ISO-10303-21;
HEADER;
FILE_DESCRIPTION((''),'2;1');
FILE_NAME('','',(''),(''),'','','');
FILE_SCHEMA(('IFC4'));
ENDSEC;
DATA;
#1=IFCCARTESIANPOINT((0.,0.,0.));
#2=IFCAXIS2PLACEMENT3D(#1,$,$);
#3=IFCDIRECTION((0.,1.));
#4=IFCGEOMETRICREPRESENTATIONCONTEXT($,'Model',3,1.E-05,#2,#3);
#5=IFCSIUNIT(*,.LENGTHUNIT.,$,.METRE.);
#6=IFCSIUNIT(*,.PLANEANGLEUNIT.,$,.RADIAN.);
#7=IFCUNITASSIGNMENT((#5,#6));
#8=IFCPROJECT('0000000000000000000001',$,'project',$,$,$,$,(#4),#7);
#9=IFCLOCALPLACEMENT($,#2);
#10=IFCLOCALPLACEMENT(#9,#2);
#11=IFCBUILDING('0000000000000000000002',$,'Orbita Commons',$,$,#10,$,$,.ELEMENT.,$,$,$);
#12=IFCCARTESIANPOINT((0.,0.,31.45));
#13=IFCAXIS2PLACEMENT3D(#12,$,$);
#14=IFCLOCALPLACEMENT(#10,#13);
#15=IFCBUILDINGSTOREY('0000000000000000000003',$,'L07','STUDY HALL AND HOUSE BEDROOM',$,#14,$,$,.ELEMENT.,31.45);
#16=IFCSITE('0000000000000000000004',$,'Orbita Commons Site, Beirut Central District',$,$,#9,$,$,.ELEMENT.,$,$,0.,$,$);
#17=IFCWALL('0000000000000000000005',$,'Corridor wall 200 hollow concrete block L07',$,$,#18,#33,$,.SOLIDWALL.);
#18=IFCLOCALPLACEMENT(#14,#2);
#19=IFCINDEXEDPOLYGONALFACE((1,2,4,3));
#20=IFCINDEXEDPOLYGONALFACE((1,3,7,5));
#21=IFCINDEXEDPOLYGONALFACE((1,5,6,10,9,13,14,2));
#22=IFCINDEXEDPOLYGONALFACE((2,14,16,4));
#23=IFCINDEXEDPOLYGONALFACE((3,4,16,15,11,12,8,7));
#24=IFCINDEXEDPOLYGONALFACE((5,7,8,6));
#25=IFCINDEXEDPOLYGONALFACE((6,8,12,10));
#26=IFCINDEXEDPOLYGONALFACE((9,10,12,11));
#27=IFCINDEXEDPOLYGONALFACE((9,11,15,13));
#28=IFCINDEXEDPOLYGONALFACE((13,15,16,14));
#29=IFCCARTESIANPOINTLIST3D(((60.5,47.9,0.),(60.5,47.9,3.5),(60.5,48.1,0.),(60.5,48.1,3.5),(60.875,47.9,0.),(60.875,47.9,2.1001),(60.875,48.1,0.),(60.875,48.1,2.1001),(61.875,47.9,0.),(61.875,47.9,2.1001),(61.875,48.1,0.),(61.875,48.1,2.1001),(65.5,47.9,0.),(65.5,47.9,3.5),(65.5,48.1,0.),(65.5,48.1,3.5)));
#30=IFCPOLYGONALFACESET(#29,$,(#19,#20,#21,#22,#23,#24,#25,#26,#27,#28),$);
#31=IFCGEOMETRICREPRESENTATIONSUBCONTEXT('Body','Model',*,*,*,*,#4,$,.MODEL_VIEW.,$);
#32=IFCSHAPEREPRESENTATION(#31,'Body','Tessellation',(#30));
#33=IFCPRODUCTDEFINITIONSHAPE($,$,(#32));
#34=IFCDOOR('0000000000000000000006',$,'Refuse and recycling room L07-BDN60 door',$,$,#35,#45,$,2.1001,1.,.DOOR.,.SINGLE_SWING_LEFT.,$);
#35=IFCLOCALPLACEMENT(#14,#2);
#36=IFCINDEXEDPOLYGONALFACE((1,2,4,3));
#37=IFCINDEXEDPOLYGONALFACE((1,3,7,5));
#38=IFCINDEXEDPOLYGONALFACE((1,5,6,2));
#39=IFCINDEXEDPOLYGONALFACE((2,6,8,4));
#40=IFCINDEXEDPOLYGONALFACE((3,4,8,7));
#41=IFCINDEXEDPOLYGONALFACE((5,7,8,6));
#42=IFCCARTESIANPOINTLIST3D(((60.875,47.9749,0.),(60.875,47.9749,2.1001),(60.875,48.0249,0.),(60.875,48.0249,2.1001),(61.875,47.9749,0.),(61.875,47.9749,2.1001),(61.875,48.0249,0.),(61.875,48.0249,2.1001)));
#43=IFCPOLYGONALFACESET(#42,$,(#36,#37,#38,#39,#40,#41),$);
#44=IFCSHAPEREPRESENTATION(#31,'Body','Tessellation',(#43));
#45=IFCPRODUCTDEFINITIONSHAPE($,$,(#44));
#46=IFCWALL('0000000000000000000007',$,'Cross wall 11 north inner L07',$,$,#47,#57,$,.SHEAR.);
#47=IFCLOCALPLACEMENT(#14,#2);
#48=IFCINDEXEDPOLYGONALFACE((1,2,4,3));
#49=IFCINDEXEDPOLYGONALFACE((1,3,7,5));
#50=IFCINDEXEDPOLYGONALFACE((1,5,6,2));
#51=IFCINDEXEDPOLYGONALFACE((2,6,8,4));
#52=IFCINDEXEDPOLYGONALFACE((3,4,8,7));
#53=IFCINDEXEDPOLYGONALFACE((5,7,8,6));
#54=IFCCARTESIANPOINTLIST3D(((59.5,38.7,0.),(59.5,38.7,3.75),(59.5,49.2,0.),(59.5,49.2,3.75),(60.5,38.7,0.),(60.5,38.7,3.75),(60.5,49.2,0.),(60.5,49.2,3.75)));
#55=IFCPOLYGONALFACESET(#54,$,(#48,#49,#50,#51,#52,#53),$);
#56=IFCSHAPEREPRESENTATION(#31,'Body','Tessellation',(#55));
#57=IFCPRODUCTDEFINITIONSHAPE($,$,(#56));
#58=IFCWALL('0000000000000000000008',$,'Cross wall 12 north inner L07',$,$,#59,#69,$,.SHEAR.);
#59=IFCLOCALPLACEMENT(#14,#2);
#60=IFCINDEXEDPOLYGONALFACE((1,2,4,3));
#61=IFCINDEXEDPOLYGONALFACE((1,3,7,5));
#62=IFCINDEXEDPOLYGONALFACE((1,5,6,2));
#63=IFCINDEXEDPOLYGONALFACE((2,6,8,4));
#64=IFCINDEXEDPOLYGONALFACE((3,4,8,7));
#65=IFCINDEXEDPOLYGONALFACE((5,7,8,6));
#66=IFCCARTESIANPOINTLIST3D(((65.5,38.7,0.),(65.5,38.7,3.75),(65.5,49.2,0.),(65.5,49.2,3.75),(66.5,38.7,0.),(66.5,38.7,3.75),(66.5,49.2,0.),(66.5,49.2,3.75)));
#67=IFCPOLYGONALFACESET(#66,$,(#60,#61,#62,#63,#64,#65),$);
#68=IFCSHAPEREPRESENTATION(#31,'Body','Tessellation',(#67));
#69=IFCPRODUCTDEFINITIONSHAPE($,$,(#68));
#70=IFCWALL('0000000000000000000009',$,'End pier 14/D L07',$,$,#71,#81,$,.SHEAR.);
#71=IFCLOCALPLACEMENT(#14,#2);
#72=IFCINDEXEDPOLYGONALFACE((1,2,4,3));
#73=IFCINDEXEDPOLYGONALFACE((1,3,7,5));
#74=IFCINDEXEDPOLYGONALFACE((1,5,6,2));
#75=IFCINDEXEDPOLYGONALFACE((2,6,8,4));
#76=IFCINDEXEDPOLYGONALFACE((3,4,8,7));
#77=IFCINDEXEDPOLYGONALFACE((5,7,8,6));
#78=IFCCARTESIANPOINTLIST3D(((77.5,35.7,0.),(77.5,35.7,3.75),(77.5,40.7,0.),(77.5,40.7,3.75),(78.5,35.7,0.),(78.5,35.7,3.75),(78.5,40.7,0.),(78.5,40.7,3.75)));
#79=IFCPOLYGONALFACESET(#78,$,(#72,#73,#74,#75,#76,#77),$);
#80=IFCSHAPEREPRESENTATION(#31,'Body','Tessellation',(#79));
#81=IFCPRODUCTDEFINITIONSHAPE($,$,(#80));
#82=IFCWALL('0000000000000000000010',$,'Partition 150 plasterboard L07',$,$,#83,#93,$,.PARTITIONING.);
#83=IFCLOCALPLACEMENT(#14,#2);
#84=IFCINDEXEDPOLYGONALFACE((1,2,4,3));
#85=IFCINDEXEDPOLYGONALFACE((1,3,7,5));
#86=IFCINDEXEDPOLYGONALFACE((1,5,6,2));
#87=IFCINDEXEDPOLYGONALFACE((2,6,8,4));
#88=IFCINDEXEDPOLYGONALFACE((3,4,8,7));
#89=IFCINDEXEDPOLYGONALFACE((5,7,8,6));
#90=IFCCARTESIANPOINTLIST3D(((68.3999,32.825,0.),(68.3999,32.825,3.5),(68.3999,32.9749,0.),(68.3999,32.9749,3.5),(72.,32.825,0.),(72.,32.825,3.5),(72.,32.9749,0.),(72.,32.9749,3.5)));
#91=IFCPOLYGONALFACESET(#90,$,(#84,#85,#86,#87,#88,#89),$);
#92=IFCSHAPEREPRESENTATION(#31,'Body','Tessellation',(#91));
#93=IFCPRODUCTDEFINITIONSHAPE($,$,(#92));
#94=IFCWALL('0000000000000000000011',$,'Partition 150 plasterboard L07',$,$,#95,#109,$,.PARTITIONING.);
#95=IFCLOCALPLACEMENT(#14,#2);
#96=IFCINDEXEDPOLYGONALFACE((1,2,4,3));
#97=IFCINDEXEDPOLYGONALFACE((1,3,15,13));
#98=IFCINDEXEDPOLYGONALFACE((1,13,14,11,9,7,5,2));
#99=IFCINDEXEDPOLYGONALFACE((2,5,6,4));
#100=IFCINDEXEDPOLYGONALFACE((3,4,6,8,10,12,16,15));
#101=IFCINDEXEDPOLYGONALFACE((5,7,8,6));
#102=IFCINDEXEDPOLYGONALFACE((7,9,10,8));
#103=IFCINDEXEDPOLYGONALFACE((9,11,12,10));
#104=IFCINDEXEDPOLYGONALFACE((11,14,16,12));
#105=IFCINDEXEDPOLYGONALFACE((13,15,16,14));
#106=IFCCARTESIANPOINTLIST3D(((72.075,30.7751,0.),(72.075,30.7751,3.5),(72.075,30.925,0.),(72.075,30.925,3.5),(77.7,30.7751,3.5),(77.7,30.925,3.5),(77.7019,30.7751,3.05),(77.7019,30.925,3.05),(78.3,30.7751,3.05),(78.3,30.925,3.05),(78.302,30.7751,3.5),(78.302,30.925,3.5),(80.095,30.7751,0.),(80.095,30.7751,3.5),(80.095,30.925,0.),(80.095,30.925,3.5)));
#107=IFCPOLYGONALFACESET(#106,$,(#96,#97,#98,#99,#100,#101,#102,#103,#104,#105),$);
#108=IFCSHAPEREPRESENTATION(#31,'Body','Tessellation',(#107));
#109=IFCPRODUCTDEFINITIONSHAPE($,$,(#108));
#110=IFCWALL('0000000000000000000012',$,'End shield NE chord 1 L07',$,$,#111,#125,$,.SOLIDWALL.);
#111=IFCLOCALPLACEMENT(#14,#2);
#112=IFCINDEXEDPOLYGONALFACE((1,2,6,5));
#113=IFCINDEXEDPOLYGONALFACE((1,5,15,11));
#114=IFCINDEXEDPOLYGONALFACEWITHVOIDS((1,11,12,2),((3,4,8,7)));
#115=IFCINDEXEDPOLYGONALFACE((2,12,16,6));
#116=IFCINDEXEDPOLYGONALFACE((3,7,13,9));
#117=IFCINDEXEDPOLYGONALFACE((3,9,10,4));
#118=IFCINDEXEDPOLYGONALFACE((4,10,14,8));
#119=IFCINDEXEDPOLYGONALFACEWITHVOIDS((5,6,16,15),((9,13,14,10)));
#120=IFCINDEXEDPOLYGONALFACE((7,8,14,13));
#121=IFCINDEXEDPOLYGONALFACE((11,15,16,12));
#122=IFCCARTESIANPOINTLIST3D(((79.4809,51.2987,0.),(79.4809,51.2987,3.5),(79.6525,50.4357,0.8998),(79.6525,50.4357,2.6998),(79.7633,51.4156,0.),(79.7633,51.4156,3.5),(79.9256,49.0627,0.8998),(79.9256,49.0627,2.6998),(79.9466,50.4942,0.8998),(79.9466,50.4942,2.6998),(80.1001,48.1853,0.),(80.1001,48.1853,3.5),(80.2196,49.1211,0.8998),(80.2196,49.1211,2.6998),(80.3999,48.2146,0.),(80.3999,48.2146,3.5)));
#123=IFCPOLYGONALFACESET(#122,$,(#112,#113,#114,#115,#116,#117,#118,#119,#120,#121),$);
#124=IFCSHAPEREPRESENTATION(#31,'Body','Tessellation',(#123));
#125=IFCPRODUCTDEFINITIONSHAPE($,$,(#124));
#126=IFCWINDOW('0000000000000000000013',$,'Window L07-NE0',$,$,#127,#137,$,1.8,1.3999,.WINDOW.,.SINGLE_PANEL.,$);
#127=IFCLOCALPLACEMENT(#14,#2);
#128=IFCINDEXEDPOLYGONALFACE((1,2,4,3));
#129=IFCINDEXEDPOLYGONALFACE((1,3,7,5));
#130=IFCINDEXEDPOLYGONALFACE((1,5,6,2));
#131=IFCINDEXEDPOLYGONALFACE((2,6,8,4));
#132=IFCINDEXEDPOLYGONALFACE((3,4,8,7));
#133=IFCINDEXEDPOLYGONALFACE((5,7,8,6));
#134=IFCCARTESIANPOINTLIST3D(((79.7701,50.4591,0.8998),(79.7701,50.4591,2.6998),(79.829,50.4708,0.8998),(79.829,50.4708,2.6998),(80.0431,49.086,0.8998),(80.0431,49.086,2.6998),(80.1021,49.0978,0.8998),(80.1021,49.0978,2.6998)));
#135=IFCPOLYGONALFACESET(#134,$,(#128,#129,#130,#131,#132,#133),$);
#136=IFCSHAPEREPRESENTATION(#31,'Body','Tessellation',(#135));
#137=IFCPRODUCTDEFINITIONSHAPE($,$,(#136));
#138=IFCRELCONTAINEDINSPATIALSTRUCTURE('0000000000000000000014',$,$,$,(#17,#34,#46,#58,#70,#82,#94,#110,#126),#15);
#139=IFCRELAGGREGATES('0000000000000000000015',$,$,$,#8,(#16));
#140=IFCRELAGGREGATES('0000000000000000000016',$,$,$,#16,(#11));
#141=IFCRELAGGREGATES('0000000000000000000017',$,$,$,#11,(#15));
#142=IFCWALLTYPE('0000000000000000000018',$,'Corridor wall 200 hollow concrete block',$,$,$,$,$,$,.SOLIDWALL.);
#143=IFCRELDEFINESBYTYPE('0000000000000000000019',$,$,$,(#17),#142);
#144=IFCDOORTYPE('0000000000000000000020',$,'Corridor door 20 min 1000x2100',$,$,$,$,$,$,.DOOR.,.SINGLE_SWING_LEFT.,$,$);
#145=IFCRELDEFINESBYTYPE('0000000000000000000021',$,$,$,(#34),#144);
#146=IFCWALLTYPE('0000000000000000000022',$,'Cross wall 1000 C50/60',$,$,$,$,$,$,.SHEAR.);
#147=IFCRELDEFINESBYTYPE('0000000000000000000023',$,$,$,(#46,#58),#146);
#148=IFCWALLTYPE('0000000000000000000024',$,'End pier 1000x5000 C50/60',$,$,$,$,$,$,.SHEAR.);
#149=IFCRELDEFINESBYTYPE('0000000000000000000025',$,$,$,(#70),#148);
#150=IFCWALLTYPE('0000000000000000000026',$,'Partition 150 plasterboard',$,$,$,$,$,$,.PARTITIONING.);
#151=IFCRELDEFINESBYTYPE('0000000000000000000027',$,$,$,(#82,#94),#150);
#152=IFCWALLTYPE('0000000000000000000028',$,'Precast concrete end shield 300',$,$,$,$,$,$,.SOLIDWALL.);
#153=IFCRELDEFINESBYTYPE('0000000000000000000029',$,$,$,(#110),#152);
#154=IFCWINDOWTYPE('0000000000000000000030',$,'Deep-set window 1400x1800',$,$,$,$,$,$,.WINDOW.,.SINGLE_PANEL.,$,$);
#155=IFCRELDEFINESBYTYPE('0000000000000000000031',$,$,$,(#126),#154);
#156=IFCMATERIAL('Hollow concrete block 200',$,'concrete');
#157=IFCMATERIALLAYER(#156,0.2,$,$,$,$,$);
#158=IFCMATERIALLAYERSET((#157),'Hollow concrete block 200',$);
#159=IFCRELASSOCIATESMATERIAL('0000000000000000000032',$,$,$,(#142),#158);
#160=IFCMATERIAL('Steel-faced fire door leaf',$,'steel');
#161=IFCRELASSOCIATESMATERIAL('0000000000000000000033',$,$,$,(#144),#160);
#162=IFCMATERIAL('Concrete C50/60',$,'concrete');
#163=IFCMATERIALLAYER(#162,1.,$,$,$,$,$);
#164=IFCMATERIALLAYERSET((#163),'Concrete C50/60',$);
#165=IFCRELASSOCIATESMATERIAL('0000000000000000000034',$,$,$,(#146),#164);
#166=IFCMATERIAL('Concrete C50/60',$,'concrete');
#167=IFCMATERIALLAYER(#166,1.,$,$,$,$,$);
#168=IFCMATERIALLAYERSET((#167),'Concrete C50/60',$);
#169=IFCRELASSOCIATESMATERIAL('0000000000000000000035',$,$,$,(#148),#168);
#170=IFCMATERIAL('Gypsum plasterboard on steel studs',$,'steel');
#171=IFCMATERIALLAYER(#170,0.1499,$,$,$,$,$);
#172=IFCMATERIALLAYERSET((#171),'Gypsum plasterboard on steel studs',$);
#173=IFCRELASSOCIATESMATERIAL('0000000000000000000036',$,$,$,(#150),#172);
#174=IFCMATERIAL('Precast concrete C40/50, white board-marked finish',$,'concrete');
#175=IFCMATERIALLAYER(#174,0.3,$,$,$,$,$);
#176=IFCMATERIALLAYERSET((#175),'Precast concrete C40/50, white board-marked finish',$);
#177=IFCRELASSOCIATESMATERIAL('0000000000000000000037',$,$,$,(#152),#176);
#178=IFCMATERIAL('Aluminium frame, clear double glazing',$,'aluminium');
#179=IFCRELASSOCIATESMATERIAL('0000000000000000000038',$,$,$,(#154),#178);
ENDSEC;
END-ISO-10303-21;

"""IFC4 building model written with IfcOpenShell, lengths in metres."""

from ifc_helpers import new_model, si_unit, direction, frame, frame_2d, origin, place, context, subcontext, project, spatial, polyline, rectangle, outline, extrude, material, layer, layer_set, type_object, element, fill, save


model = new_model("IFC4")

# Units and contexts
model_context = context("Model", 3, precision=1e-05, world=origin(), true_north=direction((0.0, 1.0)))
body_context = subcontext(model_context, "Body", "Model", "MODEL_VIEW")
ifc_project = project(units=[si_unit("LENGTHUNIT", "METRE"), si_unit("PLANEANGLEUNIT", "RADIAN")], contexts=[model_context])

# Site, building, storey
site_placement = place(None, origin())
site = spatial("IfcSite", under=ifc_project, at=site_placement, Name="Orbita Commons Site, Beirut Central District", CompositionType="ELEMENT", RefElevation=0.0)
building_placement = place(site_placement, origin())
building = spatial("IfcBuilding", under=site, at=building_placement, Name="Orbita Commons", CompositionType="ELEMENT")
storey_placement = place(building_placement, frame((0.0, 0.0, 31.45)))
storey = spatial("IfcBuildingStorey", under=building, at=storey_placement, Name="L07", Description="STUDY HALL AND HOUSE BEDROOM", CompositionType="ELEMENT", Elevation=31.45)

# Wall, opening, door
ifc_material_1 = material(Name="Hollow concrete block 200", Category="concrete")
ifc_layer_1 = layer(ifc_material_1, 0.2)
ifc_layer_set_1 = layer_set([ifc_layer_1], Name="Hollow concrete block 200")
wall_type_1 = type_object("IfcWallType", Name="Corridor wall 200 hollow concrete block", PredefinedType="SOLIDWALL", material=ifc_layer_set_1)
wall_1_placement = place(storey_placement, frame((60.5, 48.0, 0.0), z_axis=(0.0, 0.0, 1.0), x_axis=(1.0, 0.0, 0.0)))
wall_1 = element("IfcWall", 1, at=wall_1_placement, inside=storey, type_object=wall_type_1, Name="Corridor wall 200 hollow concrete block L07", PredefinedType="SOLIDWALL", context=body_context, shape_type="SweptSolid", body=[
    extrude(rectangle(XDim=5.0, YDim=0.2, at=frame_2d((2.5, 0.0))), origin(), (0.0, 0.0, 1.0), 3.5),
])
opening_1_placement = place(wall_1_placement, frame((0.375, 0.0, 0.0)))
opening_1 = element("IfcOpeningElement", 2, at=opening_1_placement, cuts=wall_1, PredefinedType="OPENING", context=body_context, shape_type="SweptSolid", body=[
    extrude(rectangle(XDim=1.0, YDim=2.1001, at=frame_2d((0.5, 1.05))), frame((0.0, 0.1099, 0.0), z_axis=(0.0, -1.0, 0.0), x_axis=(1.0, 0.0, 0.0)), (0.0, 0.0, 1.0), 0.22),
])
ifc_material_2 = material(Name="Steel-faced fire door leaf", Category="steel")
door_type_1 = type_object("IfcDoorType", Name="Corridor door 20 min 1000x2100", OperationType="SINGLE_SWING_LEFT", PredefinedType="DOOR", material=ifc_material_2)
door_1_placement = place(opening_1_placement, origin())
door_1 = element("IfcDoor", 3, at=door_1_placement, inside=storey, type_object=door_type_1, Name="Refuse and recycling room L07-BDN60 door", OperationType="SINGLE_SWING_LEFT", OverallHeight=2.1001, OverallWidth=1.0, PredefinedType="DOOR", context=body_context, shape_type="SweptSolid", body=[
    extrude(rectangle(XDim=1.0, YDim=2.1001, at=frame_2d((0.5, 1.05))), frame((0.0, 0.0249, 0.0), z_axis=(0.0, -1.0, 0.0), x_axis=(1.0, 0.0, 0.0)), (0.0, 0.0, 1.0), 0.05),
])
fill(opening_1, door_1)

# Walls
ifc_material_3 = material(Name="Concrete C50/60", Category="concrete")
ifc_layer_2 = layer(ifc_material_3, 1.0)
ifc_layer_set_2 = layer_set([ifc_layer_2], Name="Concrete C50/60")
wall_type_2 = type_object("IfcWallType", Name="Cross wall 1000 C50/60", PredefinedType="SHEAR", material=ifc_layer_set_2)
for number, where, z_axis, x_axis, name in (
    (4, (60.0, 38.7, 0.0), (0.0, 0.0, 1.0), (0.0, 1.0, 0.0), "Cross wall 11 north inner L07"),
    (5, (66.0, 38.7, 0.0), (0.0, 0.0, 1.0), (0.0, 1.0, 0.0), "Cross wall 12 north inner L07"),
):
    element("IfcWall", number, at=place(storey_placement, frame(where, z_axis=z_axis, x_axis=x_axis)), inside=storey, type_object=wall_type_2, Name=name, PredefinedType="SHEAR", context=body_context, shape_type="SweptSolid", body=[
        extrude(rectangle(XDim=10.5, YDim=1.0, at=frame_2d((5.25, 0.0))), origin(), (0.0, 0.0, 1.0), 3.75),
    ])
ifc_material_4 = material(Name="Concrete C50/60", Category="concrete")
ifc_layer_3 = layer(ifc_material_4, 1.0)
ifc_layer_set_3 = layer_set([ifc_layer_3], Name="Concrete C50/60")
wall_type_3 = type_object("IfcWallType", Name="End pier 1000x5000 C50/60", PredefinedType="SHEAR", material=ifc_layer_set_3)
wall_2_placement = place(storey_placement, frame((78.0, 35.7, 0.0), z_axis=(0.0, 0.0, 1.0), x_axis=(0.0, 1.0, 0.0)))
element("IfcWall", 6, at=wall_2_placement, inside=storey, type_object=wall_type_3, Name="End pier 14/D L07", PredefinedType="SHEAR", context=body_context, shape_type="SweptSolid", body=[
    extrude(rectangle(XDim=5.0, YDim=1.0, at=frame_2d((2.5, 0.0))), origin(), (0.0, 0.0, 1.0), 3.75),
])
ifc_material_5 = material(Name="Gypsum plasterboard on steel studs", Category="steel")
ifc_layer_4 = layer(ifc_material_5, 0.1499)
ifc_layer_set_4 = layer_set([ifc_layer_4], Name="Gypsum plasterboard on steel studs")
wall_type_4 = type_object("IfcWallType", Name="Partition 150 plasterboard", PredefinedType="PARTITIONING", material=ifc_layer_set_4)
wall_3_placement = place(storey_placement, frame((68.3999, 32.8999, 0.0), z_axis=(0.0, 0.0, 1.0), x_axis=(1.0, 0.0, 0.0)))
element("IfcWall", 7, at=wall_3_placement, inside=storey, type_object=wall_type_4, Name="Partition 150 plasterboard L07", PredefinedType="PARTITIONING", context=body_context, shape_type="SweptSolid", body=[
    extrude(rectangle(XDim=3.6001, YDim=0.1499, at=frame_2d((1.8, 0.0))), origin(), (0.0, 0.0, 1.0), 3.5),
])
wall_4_placement = place(storey_placement, frame((72.075, 30.8501, 0.0), z_axis=(0.0, 0.0, 1.0), x_axis=(1.0, 0.0, 0.0)))
element("IfcWall", 8, at=wall_4_placement, inside=storey, type_object=wall_type_4, Name="Partition 150 plasterboard L07", PredefinedType="PARTITIONING", context=body_context, shape_type="SweptSolid", body=[
    extrude(outline(polyline([(0.0, 0.0), (8.02, 0.0), (8.02, 3.5), (6.2271, 3.5), (6.2251, 3.05), (5.627, 3.05), (5.625, 3.5), (0.0, 3.5), (0.0, 0.0)])), frame((0.0, 0.075, 0.0), z_axis=(0.0, -1.0, 0.0), x_axis=(1.0, 0.0, 0.0)), (0.0, 0.0, 1.0), 0.1499),
])

# Wall, opening, window
ifc_material_6 = material(Name="Precast concrete C40/50, white board-marked finish", Category="concrete")
ifc_layer_5 = layer(ifc_material_6, 0.3)
ifc_layer_set_5 = layer_set([ifc_layer_5], Name="Precast concrete C40/50, white board-marked finish")
wall_type_5 = type_object("IfcWallType", Name="Precast concrete end shield 300", PredefinedType="SOLIDWALL", material=ifc_layer_set_5)
wall_5_placement = place(storey_placement, frame((80.25, 48.2, 0.0), z_axis=(0.0, 0.0, 1.0), x_axis=(-0.195066, 0.98079, 0.0)))
wall_5 = element("IfcWall", 9, at=wall_5_placement, inside=storey, type_object=wall_type_5, Name="End shield NE chord 1 L07", PredefinedType="SOLIDWALL", context=body_context, shape_type="SweptSolid", body=[
    extrude(outline(polyline([(-0.0149, -0.1499), (3.2488, -0.1499), (3.1892, 0.1499), (0.0149, 0.1499), (-0.0149, -0.1499)])), origin(), (0.0, 0.0, 1.0), 3.5),
])
opening_2_placement = place(wall_5_placement, frame((0.9094, 0.0, 0.8999)))
opening_2 = element("IfcOpeningElement", 10, at=opening_2_placement, cuts=wall_5, PredefinedType="OPENING", context=body_context, shape_type="SweptSolid", body=[
    extrude(rectangle(XDim=1.3999, YDim=1.8, at=frame_2d((0.7, 0.8999))), frame((0.0, 0.1599, 0.0), z_axis=(0.0, -1.0, 0.0), x_axis=(1.0, 0.0, 0.0)), (0.0, 0.0, 1.0), 0.3201),
])
ifc_material_7 = material(Name="Aluminium frame, clear double glazing", Category="aluminium")
window_type = type_object("IfcWindowType", Name="Deep-set window 1400x1800", PartitioningType="SINGLE_PANEL", PredefinedType="WINDOW", material=ifc_material_7)
window_placement = place(opening_2_placement, origin())
window = element("IfcWindow", 11, at=window_placement, inside=storey, type_object=window_type, Name="Window L07-NE0", OverallHeight=1.8, OverallWidth=1.3999, PartitioningType="SINGLE_PANEL", PredefinedType="WINDOW", context=body_context, shape_type="SweptSolid", body=[
    extrude(rectangle(XDim=1.3999, YDim=1.8, at=frame_2d((0.7, 0.8999))), frame((0.0, 0.03, 0.0), z_axis=(0.0, -1.0, 0.0), x_axis=(1.0, 0.0, 0.0)), (0.0, 0.0, 1.0), 0.0601),
])
fill(opening_2, window)

save(model, "model.ifc")
